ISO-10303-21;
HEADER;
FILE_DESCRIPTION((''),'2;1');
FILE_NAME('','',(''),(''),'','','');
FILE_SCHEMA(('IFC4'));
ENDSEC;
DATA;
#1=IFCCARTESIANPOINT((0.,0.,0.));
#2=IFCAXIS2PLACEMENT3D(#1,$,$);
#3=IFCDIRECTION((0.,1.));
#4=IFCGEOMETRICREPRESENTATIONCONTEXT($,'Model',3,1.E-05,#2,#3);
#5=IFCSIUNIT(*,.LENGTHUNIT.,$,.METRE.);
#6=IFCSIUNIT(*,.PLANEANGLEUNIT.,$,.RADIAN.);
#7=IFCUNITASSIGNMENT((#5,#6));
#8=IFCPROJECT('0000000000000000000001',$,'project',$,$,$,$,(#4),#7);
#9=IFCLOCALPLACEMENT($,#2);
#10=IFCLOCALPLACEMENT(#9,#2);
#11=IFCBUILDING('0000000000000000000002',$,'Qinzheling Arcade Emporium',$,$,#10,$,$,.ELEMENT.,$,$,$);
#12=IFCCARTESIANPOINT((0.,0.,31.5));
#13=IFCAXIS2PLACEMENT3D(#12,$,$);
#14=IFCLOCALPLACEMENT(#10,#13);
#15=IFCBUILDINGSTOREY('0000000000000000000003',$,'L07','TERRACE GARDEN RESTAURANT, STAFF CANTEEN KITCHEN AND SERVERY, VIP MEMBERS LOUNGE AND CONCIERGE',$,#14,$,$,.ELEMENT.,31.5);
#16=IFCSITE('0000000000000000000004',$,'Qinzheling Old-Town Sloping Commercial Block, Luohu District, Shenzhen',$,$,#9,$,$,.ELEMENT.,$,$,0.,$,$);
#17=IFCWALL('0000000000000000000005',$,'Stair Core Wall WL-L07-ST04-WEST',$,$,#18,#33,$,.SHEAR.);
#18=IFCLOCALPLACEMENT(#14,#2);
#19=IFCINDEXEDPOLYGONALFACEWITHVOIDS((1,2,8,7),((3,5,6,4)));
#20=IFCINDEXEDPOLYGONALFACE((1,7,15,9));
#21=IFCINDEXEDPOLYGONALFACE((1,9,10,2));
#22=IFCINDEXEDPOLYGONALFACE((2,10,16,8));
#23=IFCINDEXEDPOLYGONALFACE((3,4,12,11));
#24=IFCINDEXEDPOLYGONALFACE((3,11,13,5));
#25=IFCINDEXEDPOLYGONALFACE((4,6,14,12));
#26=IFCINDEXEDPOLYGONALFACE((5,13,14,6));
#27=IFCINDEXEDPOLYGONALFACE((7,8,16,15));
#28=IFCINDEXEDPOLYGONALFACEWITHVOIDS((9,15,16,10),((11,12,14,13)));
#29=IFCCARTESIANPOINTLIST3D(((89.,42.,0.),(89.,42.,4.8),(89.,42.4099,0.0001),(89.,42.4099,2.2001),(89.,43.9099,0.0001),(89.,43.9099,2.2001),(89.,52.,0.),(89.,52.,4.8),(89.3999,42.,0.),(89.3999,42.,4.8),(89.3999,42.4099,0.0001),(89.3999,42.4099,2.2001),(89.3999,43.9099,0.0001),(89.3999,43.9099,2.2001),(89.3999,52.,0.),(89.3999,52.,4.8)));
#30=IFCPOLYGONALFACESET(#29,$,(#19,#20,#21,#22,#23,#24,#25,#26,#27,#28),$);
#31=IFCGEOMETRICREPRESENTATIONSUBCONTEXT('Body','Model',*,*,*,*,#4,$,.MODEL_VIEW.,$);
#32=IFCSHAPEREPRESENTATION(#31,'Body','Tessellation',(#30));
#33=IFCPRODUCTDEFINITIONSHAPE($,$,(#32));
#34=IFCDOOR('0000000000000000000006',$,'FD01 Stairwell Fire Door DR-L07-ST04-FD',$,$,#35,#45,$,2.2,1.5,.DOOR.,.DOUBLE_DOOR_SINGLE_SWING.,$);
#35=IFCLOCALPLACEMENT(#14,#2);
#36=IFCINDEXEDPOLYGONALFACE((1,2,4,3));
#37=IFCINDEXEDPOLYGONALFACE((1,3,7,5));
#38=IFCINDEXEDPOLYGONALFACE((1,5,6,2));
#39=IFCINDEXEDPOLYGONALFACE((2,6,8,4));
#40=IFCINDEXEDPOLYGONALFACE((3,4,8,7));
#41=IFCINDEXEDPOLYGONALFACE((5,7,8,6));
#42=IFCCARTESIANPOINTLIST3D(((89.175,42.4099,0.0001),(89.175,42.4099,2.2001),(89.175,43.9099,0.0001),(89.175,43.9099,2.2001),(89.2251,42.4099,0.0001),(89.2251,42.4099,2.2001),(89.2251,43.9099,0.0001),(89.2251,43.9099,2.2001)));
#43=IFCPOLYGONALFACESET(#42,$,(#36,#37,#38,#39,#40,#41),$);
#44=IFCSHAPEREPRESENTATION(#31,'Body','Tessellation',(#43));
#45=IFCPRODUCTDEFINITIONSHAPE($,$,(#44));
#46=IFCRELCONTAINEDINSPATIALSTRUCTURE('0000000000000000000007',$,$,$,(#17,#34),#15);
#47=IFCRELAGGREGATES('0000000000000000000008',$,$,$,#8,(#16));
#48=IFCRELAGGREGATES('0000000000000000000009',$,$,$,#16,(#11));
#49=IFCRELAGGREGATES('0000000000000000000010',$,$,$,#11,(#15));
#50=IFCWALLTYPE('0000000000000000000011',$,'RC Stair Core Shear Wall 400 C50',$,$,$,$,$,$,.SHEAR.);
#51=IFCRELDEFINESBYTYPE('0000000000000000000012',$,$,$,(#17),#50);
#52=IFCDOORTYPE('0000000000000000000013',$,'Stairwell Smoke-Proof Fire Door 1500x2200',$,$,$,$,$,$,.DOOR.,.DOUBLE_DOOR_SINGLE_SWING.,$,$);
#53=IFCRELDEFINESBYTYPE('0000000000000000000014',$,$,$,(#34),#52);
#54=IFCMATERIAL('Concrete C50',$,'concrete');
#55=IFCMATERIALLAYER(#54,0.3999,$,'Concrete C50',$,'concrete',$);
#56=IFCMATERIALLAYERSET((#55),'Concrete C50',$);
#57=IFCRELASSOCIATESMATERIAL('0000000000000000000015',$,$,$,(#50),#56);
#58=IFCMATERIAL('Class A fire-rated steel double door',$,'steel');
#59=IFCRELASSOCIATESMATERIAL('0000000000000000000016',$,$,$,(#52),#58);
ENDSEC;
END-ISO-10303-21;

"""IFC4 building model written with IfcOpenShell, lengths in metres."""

from ifc_helpers import new_model, si_unit, direction, frame, frame_2d, origin, place, context, subcontext, project, spatial, rectangle, extrude, material, layer, layer_set, type_object, element, fill, save


model = new_model("IFC4")

# Units and contexts
model_context = context("Model", 3, precision=1e-05, world=origin(), true_north=direction((0.0, 1.0)))
body_context = subcontext(model_context, "Body", "Model", "MODEL_VIEW")
ifc_project = project(units=[si_unit("LENGTHUNIT", "METRE"), si_unit("PLANEANGLEUNIT", "RADIAN")], contexts=[model_context])

# Site, building, storey
site_placement = place(None, origin())
site = spatial("IfcSite", under=ifc_project, at=site_placement, Name="Qinzheling Old-Town Sloping Commercial Block, Luohu District, Shenzhen", CompositionType="ELEMENT", RefElevation=0.0)
building_placement = place(site_placement, origin())
building = spatial("IfcBuilding", under=site, at=building_placement, Name="Qinzheling Arcade Emporium", CompositionType="ELEMENT")
storey_placement = place(building_placement, frame((0.0, 0.0, 31.5)))
storey = spatial("IfcBuildingStorey", under=building, at=storey_placement, Name="L07", Description="TERRACE GARDEN RESTAURANT, STAFF CANTEEN KITCHEN AND SERVERY, VIP MEMBERS LOUNGE AND CONCIERGE", CompositionType="ELEMENT", Elevation=31.5)

# Wall, opening, door
ifc_material_1 = material(Name="Concrete C50", Category="concrete")
ifc_layer_1 = layer(ifc_material_1, 0.3999, Name="Concrete C50", Category="concrete")
ifc_layer_set_1 = layer_set([ifc_layer_1], Name="Concrete C50")
wall_type_1 = type_object("IfcWallType", Name="RC Stair Core Shear Wall 400 C50", PredefinedType="SHEAR", material=ifc_layer_set_1)
wall_1_placement = place(storey_placement, frame((89.2, 42.0, 0.0), z_axis=(0.0, 0.0, 1.0), x_axis=(0.0, 1.0, 0.0)))
wall_1 = element("IfcWall", 1, at=wall_1_placement, inside=storey, type_object=wall_type_1, Name="Stair Core Wall WL-L07-ST04-WEST", PredefinedType="SHEAR", context=body_context, shape_type="SweptSolid", body=[
    extrude(rectangle(XDim=10.0, YDim=0.3999, at=frame_2d((5.0, 0.0))), origin(), (0.0, 0.0, 1.0), 4.8),
])
opening_placement = place(wall_1_placement, frame((0.4099, 0.0, 0.0)))
opening = element("IfcOpeningElement", 2, at=opening_placement, cuts=wall_1, PredefinedType="OPENING", context=body_context, shape_type="SweptSolid", body=[
    extrude(rectangle(XDim=1.5, YDim=2.2, at=frame_2d((0.75, 1.1001))), frame((0.0, 0.21, 0.0), z_axis=(0.0, -1.0, 0.0), x_axis=(1.0, 0.0, 0.0)), (0.0, 0.0, 1.0), 0.4199),
])
ifc_material_2 = material(Name="Class A fire-rated steel double door", Category="steel")
door_type = type_object("IfcDoorType", Name="Stairwell Smoke-Proof Fire Door 1500x2200", OperationType="DOUBLE_DOOR_SINGLE_SWING", PredefinedType="DOOR", material=ifc_material_2)
door_placement = place(opening_placement, origin())
door = element("IfcDoor", 3, at=door_placement, inside=storey, type_object=door_type, Name="FD01 Stairwell Fire Door DR-L07-ST04-FD", OperationType="DOUBLE_DOOR_SINGLE_SWING", OverallHeight=2.2, OverallWidth=1.5, PredefinedType="DOOR", context=body_context, shape_type="SweptSolid", body=[
    extrude(rectangle(XDim=1.5, YDim=2.2, at=frame_2d((0.75, 1.1001))), frame((0.0, 0.0249, 0.0), z_axis=(0.0, -1.0, 0.0), x_axis=(1.0, 0.0, 0.0)), (0.0, 0.0, 1.0), 0.05),
])
fill(opening, door)

save(model, "model.ifc")
